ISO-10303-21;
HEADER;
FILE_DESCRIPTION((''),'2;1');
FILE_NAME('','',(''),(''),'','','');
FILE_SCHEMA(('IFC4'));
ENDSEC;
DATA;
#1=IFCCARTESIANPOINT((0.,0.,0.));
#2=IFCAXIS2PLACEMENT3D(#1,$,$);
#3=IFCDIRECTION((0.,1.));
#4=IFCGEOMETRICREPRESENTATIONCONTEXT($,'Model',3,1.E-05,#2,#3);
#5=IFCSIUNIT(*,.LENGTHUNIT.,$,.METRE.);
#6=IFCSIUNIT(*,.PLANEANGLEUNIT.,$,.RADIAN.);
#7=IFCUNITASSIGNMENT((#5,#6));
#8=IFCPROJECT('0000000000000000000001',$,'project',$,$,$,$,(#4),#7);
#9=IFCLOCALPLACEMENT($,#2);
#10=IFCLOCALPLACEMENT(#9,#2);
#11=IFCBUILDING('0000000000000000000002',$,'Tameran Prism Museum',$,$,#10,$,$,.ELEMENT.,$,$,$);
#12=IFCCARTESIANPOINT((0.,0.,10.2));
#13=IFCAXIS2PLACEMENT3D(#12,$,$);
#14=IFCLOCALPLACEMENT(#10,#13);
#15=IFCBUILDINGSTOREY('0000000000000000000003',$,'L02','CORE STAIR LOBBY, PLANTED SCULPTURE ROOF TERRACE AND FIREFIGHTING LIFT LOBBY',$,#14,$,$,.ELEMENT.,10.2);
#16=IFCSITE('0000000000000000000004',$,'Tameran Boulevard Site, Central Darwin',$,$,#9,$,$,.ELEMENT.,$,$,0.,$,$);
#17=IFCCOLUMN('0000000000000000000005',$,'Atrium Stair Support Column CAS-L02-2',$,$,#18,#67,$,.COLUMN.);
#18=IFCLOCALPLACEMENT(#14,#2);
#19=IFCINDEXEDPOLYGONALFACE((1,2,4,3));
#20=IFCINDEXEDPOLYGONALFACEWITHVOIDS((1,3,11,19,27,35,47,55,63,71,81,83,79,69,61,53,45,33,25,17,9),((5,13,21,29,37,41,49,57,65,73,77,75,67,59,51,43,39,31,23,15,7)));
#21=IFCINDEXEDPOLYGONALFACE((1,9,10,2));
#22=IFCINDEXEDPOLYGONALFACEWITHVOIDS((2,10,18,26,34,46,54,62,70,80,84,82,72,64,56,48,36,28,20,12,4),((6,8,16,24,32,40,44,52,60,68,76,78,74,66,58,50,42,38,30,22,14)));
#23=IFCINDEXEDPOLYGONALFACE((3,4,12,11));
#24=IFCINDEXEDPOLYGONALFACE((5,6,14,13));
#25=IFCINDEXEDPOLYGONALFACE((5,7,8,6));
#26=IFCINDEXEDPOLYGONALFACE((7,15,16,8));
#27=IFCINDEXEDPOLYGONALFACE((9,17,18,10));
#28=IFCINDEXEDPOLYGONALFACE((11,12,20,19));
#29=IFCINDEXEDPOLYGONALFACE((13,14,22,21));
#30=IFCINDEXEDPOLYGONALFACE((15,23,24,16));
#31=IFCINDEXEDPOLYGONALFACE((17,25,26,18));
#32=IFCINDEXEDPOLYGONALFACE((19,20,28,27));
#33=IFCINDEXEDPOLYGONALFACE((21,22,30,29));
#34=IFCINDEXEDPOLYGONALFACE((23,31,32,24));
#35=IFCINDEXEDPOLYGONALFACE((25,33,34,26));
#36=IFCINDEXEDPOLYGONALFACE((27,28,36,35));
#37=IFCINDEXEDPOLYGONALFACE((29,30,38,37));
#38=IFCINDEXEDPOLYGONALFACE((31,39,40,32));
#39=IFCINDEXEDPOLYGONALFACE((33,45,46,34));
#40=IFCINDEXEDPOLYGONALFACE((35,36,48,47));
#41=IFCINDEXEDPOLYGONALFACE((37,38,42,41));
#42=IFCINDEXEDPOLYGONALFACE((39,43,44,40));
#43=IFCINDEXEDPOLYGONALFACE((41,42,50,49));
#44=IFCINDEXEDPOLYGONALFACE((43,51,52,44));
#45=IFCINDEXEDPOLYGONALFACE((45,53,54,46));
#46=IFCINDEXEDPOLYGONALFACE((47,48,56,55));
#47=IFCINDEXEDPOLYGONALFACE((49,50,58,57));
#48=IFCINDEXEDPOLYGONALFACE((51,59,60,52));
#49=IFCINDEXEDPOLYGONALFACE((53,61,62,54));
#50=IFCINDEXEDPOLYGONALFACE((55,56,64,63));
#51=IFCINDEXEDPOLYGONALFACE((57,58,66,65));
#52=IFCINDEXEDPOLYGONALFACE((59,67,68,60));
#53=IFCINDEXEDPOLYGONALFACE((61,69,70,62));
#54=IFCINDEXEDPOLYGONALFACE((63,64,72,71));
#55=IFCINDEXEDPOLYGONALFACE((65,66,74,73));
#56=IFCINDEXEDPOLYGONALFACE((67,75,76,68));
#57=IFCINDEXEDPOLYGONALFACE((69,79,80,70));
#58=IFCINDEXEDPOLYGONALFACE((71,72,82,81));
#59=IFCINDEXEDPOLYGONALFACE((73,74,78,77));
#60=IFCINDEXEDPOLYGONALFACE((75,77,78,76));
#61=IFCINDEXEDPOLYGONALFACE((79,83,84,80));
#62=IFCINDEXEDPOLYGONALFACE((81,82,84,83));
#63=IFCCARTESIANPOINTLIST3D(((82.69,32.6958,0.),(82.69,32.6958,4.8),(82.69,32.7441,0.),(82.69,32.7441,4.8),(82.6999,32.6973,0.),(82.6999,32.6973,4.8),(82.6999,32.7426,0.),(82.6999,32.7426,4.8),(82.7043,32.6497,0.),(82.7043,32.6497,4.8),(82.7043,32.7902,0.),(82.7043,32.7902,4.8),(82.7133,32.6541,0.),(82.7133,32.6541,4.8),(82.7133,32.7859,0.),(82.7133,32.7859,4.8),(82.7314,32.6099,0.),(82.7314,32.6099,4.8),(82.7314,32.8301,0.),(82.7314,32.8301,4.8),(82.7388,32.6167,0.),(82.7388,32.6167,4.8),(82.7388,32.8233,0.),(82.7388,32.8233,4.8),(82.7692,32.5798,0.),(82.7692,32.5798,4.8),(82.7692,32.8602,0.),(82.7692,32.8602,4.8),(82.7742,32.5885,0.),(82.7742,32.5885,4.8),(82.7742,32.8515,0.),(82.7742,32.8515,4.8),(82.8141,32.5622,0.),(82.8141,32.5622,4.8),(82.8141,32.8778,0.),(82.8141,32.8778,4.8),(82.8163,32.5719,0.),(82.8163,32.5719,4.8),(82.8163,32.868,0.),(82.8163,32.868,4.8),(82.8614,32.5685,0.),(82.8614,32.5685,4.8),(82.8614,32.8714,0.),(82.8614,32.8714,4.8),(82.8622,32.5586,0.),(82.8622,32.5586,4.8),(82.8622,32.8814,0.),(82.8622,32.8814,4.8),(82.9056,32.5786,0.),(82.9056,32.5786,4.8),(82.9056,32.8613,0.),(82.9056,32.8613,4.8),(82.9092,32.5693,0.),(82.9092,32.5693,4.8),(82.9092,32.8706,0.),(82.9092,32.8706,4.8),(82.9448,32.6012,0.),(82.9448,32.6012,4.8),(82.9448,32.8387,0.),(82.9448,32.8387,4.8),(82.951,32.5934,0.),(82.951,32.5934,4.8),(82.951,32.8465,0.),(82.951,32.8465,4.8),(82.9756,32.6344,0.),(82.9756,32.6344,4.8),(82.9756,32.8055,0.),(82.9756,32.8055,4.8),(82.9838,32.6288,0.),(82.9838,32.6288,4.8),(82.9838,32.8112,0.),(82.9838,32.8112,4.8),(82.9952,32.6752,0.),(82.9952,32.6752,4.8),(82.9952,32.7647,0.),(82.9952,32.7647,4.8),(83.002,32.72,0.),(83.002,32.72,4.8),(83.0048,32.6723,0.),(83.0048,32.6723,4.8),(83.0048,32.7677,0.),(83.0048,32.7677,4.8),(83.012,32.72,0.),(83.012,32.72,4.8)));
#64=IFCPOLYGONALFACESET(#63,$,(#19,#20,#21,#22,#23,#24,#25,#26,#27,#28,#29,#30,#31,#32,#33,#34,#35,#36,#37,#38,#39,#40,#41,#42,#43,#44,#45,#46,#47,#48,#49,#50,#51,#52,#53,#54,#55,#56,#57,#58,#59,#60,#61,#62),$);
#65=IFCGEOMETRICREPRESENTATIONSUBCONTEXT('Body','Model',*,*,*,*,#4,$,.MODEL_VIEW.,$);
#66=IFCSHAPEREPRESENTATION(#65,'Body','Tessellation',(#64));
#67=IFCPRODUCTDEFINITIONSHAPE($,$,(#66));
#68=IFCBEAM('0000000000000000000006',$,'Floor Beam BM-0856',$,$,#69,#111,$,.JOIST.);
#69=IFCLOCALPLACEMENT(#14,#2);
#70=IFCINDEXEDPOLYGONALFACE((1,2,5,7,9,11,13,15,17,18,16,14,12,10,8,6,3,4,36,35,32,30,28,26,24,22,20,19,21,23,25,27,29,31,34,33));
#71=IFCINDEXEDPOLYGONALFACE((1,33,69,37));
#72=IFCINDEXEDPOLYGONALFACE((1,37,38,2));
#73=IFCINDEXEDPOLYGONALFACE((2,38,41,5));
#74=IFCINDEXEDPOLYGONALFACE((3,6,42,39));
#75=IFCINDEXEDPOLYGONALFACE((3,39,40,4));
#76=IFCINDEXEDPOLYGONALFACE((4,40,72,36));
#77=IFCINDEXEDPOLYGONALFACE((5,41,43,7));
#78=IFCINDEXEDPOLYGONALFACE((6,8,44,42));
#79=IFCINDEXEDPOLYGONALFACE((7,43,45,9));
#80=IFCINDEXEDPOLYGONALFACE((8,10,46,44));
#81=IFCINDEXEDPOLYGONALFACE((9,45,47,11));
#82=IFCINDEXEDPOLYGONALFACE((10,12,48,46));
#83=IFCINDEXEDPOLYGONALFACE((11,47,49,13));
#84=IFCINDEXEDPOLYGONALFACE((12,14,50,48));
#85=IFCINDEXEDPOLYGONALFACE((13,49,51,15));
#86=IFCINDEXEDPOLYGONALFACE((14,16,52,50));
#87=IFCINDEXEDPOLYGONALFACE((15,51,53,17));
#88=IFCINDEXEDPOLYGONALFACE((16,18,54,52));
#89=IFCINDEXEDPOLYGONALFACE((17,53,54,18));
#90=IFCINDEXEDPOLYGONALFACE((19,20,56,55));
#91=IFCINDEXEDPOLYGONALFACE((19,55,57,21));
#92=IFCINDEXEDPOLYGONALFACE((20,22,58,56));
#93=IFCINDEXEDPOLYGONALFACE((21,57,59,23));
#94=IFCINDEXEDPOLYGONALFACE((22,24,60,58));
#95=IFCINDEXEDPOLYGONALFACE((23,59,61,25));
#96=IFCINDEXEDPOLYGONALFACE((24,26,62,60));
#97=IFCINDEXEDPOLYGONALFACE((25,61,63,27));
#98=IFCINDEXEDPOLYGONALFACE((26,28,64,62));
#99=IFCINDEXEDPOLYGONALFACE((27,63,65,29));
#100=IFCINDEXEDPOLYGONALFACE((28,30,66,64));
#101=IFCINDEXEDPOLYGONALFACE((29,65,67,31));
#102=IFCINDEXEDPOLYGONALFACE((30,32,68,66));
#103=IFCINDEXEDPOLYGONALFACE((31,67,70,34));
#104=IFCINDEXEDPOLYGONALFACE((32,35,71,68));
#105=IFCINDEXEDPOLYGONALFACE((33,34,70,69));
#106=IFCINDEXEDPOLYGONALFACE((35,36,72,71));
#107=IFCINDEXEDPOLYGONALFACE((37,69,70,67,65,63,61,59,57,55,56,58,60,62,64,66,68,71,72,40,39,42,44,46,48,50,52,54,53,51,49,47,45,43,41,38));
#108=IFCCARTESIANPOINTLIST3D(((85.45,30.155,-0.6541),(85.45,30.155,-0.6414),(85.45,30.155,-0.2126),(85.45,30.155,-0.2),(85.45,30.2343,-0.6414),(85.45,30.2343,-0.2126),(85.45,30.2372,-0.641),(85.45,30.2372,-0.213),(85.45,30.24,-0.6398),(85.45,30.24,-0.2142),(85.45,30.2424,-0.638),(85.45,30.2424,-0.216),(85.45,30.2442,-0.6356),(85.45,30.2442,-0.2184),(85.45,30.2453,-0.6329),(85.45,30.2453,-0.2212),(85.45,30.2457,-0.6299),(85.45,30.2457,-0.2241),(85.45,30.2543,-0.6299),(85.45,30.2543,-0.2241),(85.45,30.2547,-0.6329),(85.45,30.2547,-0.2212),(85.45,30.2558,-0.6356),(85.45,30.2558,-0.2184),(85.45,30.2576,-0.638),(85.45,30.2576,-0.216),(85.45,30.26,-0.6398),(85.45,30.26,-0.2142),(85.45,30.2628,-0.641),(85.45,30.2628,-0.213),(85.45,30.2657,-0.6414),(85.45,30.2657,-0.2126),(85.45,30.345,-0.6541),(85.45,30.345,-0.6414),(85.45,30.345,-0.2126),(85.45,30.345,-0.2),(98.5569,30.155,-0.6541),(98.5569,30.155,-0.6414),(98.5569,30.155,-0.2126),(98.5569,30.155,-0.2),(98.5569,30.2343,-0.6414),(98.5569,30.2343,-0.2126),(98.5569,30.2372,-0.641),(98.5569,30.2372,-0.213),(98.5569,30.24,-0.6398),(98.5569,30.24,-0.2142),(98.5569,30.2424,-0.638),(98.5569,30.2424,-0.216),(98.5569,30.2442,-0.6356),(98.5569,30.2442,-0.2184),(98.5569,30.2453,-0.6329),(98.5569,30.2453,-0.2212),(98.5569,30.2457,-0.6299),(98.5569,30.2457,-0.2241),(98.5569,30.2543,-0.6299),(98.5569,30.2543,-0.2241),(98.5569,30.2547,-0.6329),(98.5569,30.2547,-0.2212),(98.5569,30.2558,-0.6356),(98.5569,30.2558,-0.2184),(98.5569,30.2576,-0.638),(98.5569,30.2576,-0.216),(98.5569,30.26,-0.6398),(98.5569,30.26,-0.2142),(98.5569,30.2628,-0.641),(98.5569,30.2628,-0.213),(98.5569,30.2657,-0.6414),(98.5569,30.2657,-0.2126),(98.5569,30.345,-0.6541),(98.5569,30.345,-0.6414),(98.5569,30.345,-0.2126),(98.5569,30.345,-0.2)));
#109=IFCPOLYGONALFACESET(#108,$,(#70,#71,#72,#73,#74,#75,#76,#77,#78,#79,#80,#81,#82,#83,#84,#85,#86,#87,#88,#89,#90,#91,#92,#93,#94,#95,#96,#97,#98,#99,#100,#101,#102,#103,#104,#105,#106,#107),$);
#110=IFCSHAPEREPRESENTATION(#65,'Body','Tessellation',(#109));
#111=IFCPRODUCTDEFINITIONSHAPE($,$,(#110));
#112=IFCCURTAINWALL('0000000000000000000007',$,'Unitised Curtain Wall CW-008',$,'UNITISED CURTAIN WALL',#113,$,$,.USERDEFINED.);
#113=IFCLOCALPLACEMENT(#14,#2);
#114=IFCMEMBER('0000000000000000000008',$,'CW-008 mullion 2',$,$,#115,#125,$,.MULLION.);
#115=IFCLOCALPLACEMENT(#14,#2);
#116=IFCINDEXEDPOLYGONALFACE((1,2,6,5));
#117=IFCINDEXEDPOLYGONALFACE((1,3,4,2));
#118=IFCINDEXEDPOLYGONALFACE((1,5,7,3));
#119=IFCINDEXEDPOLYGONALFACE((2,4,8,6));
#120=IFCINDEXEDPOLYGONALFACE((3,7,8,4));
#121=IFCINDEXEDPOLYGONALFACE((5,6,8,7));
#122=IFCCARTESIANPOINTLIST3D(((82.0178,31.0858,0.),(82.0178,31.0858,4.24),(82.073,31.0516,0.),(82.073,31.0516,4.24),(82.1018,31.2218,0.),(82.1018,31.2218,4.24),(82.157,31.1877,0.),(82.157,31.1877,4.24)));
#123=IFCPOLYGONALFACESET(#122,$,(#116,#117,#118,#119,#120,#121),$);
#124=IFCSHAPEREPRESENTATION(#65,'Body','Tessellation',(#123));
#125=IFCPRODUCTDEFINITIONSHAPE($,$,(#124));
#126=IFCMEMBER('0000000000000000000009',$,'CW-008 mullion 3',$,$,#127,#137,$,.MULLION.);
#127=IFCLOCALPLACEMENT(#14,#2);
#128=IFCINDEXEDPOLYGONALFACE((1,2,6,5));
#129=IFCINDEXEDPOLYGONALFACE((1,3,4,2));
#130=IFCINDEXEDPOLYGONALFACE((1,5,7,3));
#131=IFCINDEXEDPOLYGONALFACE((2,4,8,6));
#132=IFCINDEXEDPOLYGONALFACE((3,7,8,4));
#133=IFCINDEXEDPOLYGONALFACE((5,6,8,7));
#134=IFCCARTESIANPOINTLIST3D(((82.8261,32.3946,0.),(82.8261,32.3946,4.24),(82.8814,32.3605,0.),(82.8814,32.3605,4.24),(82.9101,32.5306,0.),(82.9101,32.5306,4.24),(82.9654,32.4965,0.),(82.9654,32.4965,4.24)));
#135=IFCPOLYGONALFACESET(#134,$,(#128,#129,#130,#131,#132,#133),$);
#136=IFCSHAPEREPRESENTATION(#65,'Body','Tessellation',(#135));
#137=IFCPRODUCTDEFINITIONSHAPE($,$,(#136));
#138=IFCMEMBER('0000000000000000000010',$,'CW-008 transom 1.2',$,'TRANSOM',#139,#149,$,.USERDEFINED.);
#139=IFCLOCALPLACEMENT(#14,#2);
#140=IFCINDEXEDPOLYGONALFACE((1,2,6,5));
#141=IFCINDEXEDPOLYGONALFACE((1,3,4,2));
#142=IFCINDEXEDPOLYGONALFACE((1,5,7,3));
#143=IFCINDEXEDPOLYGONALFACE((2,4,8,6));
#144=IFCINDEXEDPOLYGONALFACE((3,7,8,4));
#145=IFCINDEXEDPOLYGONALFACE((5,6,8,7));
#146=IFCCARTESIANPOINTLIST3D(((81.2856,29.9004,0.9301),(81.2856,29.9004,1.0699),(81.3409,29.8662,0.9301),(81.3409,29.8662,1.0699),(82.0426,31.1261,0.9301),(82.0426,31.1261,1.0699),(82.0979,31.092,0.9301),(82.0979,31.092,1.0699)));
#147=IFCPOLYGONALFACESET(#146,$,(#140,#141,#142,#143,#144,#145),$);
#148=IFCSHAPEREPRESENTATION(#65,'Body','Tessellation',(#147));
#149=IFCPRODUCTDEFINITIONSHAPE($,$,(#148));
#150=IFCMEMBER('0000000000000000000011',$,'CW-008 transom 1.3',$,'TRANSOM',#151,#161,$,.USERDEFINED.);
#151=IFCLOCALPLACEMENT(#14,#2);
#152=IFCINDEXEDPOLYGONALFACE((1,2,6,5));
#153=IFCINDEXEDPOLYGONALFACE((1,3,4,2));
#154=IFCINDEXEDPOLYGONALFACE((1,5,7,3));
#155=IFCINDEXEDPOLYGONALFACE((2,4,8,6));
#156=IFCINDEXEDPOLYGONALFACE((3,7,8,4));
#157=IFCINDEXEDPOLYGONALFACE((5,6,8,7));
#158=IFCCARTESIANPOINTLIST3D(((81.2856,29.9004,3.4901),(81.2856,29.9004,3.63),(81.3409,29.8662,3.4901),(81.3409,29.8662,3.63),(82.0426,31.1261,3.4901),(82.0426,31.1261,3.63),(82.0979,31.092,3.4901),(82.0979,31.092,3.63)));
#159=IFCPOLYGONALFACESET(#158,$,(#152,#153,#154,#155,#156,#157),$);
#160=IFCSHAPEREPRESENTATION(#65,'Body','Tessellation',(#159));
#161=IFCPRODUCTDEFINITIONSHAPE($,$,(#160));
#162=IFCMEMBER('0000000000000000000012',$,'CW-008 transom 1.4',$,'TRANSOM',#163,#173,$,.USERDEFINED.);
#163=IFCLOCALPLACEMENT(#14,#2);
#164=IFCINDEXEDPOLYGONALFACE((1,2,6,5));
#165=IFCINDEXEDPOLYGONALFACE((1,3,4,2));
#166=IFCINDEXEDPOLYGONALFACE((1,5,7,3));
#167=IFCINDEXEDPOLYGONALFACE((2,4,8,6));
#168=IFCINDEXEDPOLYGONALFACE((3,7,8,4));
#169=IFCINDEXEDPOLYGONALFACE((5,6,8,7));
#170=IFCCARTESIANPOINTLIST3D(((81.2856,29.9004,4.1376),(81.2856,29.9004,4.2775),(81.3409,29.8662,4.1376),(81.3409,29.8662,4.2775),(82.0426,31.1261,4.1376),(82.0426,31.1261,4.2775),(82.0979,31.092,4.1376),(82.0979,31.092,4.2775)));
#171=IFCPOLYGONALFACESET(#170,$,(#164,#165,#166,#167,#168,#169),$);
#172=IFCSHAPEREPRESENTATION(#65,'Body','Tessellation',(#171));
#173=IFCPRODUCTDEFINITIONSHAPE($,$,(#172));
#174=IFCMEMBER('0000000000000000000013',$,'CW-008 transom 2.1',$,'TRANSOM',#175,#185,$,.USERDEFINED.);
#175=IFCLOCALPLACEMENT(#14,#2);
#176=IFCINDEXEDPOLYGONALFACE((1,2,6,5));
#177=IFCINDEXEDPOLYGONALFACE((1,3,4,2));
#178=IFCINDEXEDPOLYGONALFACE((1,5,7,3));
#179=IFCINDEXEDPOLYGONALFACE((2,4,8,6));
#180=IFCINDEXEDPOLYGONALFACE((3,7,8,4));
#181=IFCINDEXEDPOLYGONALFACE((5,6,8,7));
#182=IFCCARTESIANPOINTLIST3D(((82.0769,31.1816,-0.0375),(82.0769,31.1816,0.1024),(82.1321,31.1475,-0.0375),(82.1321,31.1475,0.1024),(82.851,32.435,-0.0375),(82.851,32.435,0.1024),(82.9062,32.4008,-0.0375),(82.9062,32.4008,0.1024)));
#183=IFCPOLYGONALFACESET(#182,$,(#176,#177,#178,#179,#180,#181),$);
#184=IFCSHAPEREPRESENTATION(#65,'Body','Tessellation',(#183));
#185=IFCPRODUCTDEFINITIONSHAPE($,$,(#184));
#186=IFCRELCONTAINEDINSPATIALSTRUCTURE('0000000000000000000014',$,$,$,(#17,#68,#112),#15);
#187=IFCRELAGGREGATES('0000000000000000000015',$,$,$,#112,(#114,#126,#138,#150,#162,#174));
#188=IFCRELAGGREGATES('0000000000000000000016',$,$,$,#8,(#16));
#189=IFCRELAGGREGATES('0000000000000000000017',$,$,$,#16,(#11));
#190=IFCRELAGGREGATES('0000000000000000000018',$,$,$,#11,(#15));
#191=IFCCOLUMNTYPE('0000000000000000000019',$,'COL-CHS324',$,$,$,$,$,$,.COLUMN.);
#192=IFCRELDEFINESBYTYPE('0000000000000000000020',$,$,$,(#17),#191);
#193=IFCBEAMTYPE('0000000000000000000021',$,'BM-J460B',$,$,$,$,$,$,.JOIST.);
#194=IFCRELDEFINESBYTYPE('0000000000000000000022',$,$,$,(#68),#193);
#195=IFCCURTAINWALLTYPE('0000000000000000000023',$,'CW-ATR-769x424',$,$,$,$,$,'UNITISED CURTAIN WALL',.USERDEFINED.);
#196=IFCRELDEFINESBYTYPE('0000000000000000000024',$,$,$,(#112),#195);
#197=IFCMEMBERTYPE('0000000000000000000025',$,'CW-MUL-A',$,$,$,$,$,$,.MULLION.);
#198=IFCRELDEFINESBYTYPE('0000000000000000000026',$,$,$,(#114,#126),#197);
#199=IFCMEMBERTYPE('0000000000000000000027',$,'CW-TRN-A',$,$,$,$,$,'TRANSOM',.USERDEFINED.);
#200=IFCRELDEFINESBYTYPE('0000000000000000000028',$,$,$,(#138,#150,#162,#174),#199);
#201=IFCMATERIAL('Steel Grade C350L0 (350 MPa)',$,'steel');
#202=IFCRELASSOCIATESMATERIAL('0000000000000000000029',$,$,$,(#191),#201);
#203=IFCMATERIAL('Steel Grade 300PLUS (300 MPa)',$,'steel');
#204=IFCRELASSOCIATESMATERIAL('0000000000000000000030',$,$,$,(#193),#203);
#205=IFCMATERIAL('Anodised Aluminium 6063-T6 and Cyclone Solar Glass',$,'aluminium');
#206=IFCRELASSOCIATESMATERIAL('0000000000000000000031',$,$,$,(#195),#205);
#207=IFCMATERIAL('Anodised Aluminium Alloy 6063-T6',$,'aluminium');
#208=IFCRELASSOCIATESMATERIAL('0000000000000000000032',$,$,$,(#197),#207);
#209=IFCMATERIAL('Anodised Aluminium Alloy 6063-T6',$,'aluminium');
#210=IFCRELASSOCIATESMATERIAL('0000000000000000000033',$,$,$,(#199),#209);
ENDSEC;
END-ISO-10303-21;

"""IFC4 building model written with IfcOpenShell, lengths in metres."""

from ifc_helpers import new_model, si_unit, direction, frame, origin, origin_2d, place, context, subcontext, project, spatial, rectangle, hollow_circle, i_section, extrude, material, material_profile, profile_set, type_object, element, aggregate, save


model = new_model("IFC4")

# Units and contexts
model_context = context("Model", 3, precision=1e-05, world=origin(), true_north=direction((0.0, 1.0)))
body_context = subcontext(model_context, "Body", "Model", "MODEL_VIEW")
ifc_project = project(units=[si_unit("LENGTHUNIT", "METRE"), si_unit("PLANEANGLEUNIT", "RADIAN")], contexts=[model_context])

# Site, building, storey
site_placement = place(None, origin())
site = spatial("IfcSite", under=ifc_project, at=site_placement, Name="Tameran Boulevard Site, Central Darwin", CompositionType="ELEMENT", RefElevation=0.0)
building_placement = place(site_placement, origin())
building = spatial("IfcBuilding", under=site, at=building_placement, Name="Tameran Prism Museum", CompositionType="ELEMENT")
storey_placement = place(building_placement, frame((0.0, 0.0, 10.2)))
storey = spatial("IfcBuildingStorey", under=building, at=storey_placement, Name="L02", Description="CORE STAIR LOBBY, PLANTED SCULPTURE ROOF TERRACE AND FIREFIGHTING LIFT LOBBY", CompositionType="ELEMENT", Elevation=10.2)

# Column
ifc_material_1 = material(Name="Steel Grade C350L0 (350 MPa)", Category="steel")
ifc_material_profile_1 = material_profile(ifc_material_1, hollow_circle(Radius=0.1619, WallThickness=0.01, at=origin_2d()))
ifc_profile_set_1 = profile_set([ifc_material_profile_1])
column_type = type_object("IfcColumnType", Name="COL-CHS324", PredefinedType="COLUMN", material=ifc_profile_set_1)
column_placement = place(storey_placement, frame((82.8501, 32.72, 0.0), z_axis=(0.0, 0.0, 1.0), x_axis=(1.0, 0.0, 0.0)))
element("IfcColumn", 1, at=column_placement, inside=storey, type_object=column_type, Name="Atrium Stair Support Column CAS-L02-2", PredefinedType="COLUMN", context=body_context, shape_type="SweptSolid", body=[
    extrude(hollow_circle(Radius=0.1619, WallThickness=0.01, at=origin_2d()), origin(), (0.0, 0.0, 1.0), 4.8),
])

# Beam
ifc_material_2 = material(Name="Steel Grade 300PLUS (300 MPa)", Category="steel")
ifc_material_profile_2 = material_profile(ifc_material_2, i_section(OverallWidth=0.1899, OverallDepth=0.4541, WebThickness=0.0085, FlangeThickness=0.0127, FilletRadius=0.0115, at=origin_2d()))
ifc_profile_set_2 = profile_set([ifc_material_profile_2])
beam_type = type_object("IfcBeamType", Name="BM-J460B", PredefinedType="JOIST", material=ifc_profile_set_2)
beam_placement = place(storey_placement, frame((85.45, 30.25, -0.427), z_axis=(1.0, 0.0, 0.0), x_axis=(0.0, 1.0, 0.0)))
element("IfcBeam", 2, at=beam_placement, inside=storey, type_object=beam_type, Name="Floor Beam BM-0856", PredefinedType="JOIST", context=body_context, shape_type="SweptSolid", body=[
    extrude(i_section(OverallWidth=0.1899, OverallDepth=0.4541, WebThickness=0.0085, FlangeThickness=0.0127, FilletRadius=0.0115, at=origin_2d()), origin(), (0.0, 0.0, 1.0), 13.1069),
])

# Curtain wall, members
ifc_material_3 = material(Name="Anodised Aluminium 6063-T6 and Cyclone Solar Glass", Category="aluminium")
curtain_wall_type = type_object("IfcCurtainWallType", Name="CW-ATR-769x424", ElementType="UNITISED CURTAIN WALL", PredefinedType="USERDEFINED", material=ifc_material_3)
curtain_wall_placement = place(storey_placement, origin())
curtain_wall = element("IfcCurtainWall", 3, at=curtain_wall_placement, inside=storey, type_object=curtain_wall_type, Name="Unitised Curtain Wall CW-008", ObjectType="UNITISED CURTAIN WALL", PredefinedType="USERDEFINED")
ifc_material_4 = material(Name="Anodised Aluminium Alloy 6063-T6", Category="aluminium")
ifc_material_profile_3 = material_profile(ifc_material_4, rectangle(XDim=0.0649, YDim=0.1599, at=origin_2d()))
ifc_profile_set_3 = profile_set([ifc_material_profile_3])
member_type_1 = type_object("IfcMemberType", Name="CW-MUL-A", PredefinedType="MULLION", material=ifc_profile_set_3)
member_1_placement = place(storey_placement, frame((82.0874, 31.1367, 0.0), z_axis=(0.0, 0.0, 1.0), x_axis=(-0.850791, 0.525504, 0.0)))
member_1 = element("IfcMember", 4, at=member_1_placement, type_object=member_type_1, Name="CW-008 mullion 2", PredefinedType="MULLION", context=body_context, shape_type="SweptSolid", body=[
    extrude(rectangle(XDim=0.0649, YDim=0.1599, at=origin_2d()), origin(), (0.0, 0.0, 1.0), 4.24),
])
member_2_placement = place(storey_placement, frame((82.8958, 32.4456, 0.0), z_axis=(0.0, 0.0, 1.0), x_axis=(-0.850791, 0.525504, 0.0)))
member_2 = element("IfcMember", 5, at=member_2_placement, type_object=member_type_1, Name="CW-008 mullion 3", PredefinedType="MULLION", context=body_context, shape_type="SweptSolid", body=[
    extrude(rectangle(XDim=0.0649, YDim=0.1599, at=origin_2d()), origin(), (0.0, 0.0, 1.0), 4.24),
])
ifc_material_5 = material(Name="Anodised Aluminium Alloy 6063-T6", Category="aluminium")
ifc_material_profile_4 = material_profile(ifc_material_5, rectangle(XDim=0.0649, YDim=0.1399, at=origin_2d()))
ifc_profile_set_4 = profile_set([ifc_material_profile_4])
member_type_2 = type_object("IfcMemberType", Name="CW-TRN-A", ElementType="TRANSOM", PredefinedType="USERDEFINED", material=ifc_profile_set_4)
member_3_placement = place(storey_placement, frame((81.3132, 29.8833, 1.0), z_axis=(0.525468, 0.850814, 0.0), x_axis=(-0.850814, 0.525468, 0.0)))
member_3 = element("IfcMember", 6, at=member_3_placement, type_object=member_type_2, Name="CW-008 transom 1.2", ObjectType="TRANSOM", PredefinedType="USERDEFINED", context=body_context, shape_type="SweptSolid", body=[
    extrude(rectangle(XDim=0.0649, YDim=0.1399, at=origin_2d()), origin(), (0.0, 0.0, 1.0), 1.4407),
])
member_4_placement = place(storey_placement, frame((81.3132, 29.8833, 3.5601), z_axis=(0.525468, 0.850814, 0.0), x_axis=(-0.850814, 0.525468, 0.0)))
member_4 = element("IfcMember", 7, at=member_4_placement, type_object=member_type_2, Name="CW-008 transom 1.3", ObjectType="TRANSOM", PredefinedType="USERDEFINED", context=body_context, shape_type="SweptSolid", body=[
    extrude(rectangle(XDim=0.0649, YDim=0.1399, at=origin_2d()), origin(), (0.0, 0.0, 1.0), 1.4407),
])
member_5_placement = place(storey_placement, frame((81.3132, 29.8833, 4.2075), z_axis=(0.525468, 0.850814, 0.0), x_axis=(-0.850814, 0.525468, 0.0)))
member_5 = element("IfcMember", 8, at=member_5_placement, type_object=member_type_2, Name="CW-008 transom 1.4", ObjectType="TRANSOM", PredefinedType="USERDEFINED", context=body_context, shape_type="SweptSolid", body=[
    extrude(rectangle(XDim=0.0649, YDim=0.1399, at=origin_2d()), origin(), (0.0, 0.0, 1.0), 1.4407),
])
member_6_placement = place(storey_placement, frame((82.1045, 31.1646, 0.0325), z_axis=(0.525493, 0.850798, 0.0), x_axis=(-0.850798, 0.525493, 0.0)))
member_6 = element("IfcMember", 9, at=member_6_placement, type_object=member_type_2, Name="CW-008 transom 2.1", ObjectType="TRANSOM", PredefinedType="USERDEFINED", context=body_context, shape_type="SweptSolid", body=[
    extrude(rectangle(XDim=0.0649, YDim=0.1399, at=origin_2d()), origin(), (0.0, 0.0, 1.0), 1.4731),
])
aggregate(curtain_wall, [member_1, member_2, member_3, member_4, member_5, member_6])

save(model, "model.ifc")
